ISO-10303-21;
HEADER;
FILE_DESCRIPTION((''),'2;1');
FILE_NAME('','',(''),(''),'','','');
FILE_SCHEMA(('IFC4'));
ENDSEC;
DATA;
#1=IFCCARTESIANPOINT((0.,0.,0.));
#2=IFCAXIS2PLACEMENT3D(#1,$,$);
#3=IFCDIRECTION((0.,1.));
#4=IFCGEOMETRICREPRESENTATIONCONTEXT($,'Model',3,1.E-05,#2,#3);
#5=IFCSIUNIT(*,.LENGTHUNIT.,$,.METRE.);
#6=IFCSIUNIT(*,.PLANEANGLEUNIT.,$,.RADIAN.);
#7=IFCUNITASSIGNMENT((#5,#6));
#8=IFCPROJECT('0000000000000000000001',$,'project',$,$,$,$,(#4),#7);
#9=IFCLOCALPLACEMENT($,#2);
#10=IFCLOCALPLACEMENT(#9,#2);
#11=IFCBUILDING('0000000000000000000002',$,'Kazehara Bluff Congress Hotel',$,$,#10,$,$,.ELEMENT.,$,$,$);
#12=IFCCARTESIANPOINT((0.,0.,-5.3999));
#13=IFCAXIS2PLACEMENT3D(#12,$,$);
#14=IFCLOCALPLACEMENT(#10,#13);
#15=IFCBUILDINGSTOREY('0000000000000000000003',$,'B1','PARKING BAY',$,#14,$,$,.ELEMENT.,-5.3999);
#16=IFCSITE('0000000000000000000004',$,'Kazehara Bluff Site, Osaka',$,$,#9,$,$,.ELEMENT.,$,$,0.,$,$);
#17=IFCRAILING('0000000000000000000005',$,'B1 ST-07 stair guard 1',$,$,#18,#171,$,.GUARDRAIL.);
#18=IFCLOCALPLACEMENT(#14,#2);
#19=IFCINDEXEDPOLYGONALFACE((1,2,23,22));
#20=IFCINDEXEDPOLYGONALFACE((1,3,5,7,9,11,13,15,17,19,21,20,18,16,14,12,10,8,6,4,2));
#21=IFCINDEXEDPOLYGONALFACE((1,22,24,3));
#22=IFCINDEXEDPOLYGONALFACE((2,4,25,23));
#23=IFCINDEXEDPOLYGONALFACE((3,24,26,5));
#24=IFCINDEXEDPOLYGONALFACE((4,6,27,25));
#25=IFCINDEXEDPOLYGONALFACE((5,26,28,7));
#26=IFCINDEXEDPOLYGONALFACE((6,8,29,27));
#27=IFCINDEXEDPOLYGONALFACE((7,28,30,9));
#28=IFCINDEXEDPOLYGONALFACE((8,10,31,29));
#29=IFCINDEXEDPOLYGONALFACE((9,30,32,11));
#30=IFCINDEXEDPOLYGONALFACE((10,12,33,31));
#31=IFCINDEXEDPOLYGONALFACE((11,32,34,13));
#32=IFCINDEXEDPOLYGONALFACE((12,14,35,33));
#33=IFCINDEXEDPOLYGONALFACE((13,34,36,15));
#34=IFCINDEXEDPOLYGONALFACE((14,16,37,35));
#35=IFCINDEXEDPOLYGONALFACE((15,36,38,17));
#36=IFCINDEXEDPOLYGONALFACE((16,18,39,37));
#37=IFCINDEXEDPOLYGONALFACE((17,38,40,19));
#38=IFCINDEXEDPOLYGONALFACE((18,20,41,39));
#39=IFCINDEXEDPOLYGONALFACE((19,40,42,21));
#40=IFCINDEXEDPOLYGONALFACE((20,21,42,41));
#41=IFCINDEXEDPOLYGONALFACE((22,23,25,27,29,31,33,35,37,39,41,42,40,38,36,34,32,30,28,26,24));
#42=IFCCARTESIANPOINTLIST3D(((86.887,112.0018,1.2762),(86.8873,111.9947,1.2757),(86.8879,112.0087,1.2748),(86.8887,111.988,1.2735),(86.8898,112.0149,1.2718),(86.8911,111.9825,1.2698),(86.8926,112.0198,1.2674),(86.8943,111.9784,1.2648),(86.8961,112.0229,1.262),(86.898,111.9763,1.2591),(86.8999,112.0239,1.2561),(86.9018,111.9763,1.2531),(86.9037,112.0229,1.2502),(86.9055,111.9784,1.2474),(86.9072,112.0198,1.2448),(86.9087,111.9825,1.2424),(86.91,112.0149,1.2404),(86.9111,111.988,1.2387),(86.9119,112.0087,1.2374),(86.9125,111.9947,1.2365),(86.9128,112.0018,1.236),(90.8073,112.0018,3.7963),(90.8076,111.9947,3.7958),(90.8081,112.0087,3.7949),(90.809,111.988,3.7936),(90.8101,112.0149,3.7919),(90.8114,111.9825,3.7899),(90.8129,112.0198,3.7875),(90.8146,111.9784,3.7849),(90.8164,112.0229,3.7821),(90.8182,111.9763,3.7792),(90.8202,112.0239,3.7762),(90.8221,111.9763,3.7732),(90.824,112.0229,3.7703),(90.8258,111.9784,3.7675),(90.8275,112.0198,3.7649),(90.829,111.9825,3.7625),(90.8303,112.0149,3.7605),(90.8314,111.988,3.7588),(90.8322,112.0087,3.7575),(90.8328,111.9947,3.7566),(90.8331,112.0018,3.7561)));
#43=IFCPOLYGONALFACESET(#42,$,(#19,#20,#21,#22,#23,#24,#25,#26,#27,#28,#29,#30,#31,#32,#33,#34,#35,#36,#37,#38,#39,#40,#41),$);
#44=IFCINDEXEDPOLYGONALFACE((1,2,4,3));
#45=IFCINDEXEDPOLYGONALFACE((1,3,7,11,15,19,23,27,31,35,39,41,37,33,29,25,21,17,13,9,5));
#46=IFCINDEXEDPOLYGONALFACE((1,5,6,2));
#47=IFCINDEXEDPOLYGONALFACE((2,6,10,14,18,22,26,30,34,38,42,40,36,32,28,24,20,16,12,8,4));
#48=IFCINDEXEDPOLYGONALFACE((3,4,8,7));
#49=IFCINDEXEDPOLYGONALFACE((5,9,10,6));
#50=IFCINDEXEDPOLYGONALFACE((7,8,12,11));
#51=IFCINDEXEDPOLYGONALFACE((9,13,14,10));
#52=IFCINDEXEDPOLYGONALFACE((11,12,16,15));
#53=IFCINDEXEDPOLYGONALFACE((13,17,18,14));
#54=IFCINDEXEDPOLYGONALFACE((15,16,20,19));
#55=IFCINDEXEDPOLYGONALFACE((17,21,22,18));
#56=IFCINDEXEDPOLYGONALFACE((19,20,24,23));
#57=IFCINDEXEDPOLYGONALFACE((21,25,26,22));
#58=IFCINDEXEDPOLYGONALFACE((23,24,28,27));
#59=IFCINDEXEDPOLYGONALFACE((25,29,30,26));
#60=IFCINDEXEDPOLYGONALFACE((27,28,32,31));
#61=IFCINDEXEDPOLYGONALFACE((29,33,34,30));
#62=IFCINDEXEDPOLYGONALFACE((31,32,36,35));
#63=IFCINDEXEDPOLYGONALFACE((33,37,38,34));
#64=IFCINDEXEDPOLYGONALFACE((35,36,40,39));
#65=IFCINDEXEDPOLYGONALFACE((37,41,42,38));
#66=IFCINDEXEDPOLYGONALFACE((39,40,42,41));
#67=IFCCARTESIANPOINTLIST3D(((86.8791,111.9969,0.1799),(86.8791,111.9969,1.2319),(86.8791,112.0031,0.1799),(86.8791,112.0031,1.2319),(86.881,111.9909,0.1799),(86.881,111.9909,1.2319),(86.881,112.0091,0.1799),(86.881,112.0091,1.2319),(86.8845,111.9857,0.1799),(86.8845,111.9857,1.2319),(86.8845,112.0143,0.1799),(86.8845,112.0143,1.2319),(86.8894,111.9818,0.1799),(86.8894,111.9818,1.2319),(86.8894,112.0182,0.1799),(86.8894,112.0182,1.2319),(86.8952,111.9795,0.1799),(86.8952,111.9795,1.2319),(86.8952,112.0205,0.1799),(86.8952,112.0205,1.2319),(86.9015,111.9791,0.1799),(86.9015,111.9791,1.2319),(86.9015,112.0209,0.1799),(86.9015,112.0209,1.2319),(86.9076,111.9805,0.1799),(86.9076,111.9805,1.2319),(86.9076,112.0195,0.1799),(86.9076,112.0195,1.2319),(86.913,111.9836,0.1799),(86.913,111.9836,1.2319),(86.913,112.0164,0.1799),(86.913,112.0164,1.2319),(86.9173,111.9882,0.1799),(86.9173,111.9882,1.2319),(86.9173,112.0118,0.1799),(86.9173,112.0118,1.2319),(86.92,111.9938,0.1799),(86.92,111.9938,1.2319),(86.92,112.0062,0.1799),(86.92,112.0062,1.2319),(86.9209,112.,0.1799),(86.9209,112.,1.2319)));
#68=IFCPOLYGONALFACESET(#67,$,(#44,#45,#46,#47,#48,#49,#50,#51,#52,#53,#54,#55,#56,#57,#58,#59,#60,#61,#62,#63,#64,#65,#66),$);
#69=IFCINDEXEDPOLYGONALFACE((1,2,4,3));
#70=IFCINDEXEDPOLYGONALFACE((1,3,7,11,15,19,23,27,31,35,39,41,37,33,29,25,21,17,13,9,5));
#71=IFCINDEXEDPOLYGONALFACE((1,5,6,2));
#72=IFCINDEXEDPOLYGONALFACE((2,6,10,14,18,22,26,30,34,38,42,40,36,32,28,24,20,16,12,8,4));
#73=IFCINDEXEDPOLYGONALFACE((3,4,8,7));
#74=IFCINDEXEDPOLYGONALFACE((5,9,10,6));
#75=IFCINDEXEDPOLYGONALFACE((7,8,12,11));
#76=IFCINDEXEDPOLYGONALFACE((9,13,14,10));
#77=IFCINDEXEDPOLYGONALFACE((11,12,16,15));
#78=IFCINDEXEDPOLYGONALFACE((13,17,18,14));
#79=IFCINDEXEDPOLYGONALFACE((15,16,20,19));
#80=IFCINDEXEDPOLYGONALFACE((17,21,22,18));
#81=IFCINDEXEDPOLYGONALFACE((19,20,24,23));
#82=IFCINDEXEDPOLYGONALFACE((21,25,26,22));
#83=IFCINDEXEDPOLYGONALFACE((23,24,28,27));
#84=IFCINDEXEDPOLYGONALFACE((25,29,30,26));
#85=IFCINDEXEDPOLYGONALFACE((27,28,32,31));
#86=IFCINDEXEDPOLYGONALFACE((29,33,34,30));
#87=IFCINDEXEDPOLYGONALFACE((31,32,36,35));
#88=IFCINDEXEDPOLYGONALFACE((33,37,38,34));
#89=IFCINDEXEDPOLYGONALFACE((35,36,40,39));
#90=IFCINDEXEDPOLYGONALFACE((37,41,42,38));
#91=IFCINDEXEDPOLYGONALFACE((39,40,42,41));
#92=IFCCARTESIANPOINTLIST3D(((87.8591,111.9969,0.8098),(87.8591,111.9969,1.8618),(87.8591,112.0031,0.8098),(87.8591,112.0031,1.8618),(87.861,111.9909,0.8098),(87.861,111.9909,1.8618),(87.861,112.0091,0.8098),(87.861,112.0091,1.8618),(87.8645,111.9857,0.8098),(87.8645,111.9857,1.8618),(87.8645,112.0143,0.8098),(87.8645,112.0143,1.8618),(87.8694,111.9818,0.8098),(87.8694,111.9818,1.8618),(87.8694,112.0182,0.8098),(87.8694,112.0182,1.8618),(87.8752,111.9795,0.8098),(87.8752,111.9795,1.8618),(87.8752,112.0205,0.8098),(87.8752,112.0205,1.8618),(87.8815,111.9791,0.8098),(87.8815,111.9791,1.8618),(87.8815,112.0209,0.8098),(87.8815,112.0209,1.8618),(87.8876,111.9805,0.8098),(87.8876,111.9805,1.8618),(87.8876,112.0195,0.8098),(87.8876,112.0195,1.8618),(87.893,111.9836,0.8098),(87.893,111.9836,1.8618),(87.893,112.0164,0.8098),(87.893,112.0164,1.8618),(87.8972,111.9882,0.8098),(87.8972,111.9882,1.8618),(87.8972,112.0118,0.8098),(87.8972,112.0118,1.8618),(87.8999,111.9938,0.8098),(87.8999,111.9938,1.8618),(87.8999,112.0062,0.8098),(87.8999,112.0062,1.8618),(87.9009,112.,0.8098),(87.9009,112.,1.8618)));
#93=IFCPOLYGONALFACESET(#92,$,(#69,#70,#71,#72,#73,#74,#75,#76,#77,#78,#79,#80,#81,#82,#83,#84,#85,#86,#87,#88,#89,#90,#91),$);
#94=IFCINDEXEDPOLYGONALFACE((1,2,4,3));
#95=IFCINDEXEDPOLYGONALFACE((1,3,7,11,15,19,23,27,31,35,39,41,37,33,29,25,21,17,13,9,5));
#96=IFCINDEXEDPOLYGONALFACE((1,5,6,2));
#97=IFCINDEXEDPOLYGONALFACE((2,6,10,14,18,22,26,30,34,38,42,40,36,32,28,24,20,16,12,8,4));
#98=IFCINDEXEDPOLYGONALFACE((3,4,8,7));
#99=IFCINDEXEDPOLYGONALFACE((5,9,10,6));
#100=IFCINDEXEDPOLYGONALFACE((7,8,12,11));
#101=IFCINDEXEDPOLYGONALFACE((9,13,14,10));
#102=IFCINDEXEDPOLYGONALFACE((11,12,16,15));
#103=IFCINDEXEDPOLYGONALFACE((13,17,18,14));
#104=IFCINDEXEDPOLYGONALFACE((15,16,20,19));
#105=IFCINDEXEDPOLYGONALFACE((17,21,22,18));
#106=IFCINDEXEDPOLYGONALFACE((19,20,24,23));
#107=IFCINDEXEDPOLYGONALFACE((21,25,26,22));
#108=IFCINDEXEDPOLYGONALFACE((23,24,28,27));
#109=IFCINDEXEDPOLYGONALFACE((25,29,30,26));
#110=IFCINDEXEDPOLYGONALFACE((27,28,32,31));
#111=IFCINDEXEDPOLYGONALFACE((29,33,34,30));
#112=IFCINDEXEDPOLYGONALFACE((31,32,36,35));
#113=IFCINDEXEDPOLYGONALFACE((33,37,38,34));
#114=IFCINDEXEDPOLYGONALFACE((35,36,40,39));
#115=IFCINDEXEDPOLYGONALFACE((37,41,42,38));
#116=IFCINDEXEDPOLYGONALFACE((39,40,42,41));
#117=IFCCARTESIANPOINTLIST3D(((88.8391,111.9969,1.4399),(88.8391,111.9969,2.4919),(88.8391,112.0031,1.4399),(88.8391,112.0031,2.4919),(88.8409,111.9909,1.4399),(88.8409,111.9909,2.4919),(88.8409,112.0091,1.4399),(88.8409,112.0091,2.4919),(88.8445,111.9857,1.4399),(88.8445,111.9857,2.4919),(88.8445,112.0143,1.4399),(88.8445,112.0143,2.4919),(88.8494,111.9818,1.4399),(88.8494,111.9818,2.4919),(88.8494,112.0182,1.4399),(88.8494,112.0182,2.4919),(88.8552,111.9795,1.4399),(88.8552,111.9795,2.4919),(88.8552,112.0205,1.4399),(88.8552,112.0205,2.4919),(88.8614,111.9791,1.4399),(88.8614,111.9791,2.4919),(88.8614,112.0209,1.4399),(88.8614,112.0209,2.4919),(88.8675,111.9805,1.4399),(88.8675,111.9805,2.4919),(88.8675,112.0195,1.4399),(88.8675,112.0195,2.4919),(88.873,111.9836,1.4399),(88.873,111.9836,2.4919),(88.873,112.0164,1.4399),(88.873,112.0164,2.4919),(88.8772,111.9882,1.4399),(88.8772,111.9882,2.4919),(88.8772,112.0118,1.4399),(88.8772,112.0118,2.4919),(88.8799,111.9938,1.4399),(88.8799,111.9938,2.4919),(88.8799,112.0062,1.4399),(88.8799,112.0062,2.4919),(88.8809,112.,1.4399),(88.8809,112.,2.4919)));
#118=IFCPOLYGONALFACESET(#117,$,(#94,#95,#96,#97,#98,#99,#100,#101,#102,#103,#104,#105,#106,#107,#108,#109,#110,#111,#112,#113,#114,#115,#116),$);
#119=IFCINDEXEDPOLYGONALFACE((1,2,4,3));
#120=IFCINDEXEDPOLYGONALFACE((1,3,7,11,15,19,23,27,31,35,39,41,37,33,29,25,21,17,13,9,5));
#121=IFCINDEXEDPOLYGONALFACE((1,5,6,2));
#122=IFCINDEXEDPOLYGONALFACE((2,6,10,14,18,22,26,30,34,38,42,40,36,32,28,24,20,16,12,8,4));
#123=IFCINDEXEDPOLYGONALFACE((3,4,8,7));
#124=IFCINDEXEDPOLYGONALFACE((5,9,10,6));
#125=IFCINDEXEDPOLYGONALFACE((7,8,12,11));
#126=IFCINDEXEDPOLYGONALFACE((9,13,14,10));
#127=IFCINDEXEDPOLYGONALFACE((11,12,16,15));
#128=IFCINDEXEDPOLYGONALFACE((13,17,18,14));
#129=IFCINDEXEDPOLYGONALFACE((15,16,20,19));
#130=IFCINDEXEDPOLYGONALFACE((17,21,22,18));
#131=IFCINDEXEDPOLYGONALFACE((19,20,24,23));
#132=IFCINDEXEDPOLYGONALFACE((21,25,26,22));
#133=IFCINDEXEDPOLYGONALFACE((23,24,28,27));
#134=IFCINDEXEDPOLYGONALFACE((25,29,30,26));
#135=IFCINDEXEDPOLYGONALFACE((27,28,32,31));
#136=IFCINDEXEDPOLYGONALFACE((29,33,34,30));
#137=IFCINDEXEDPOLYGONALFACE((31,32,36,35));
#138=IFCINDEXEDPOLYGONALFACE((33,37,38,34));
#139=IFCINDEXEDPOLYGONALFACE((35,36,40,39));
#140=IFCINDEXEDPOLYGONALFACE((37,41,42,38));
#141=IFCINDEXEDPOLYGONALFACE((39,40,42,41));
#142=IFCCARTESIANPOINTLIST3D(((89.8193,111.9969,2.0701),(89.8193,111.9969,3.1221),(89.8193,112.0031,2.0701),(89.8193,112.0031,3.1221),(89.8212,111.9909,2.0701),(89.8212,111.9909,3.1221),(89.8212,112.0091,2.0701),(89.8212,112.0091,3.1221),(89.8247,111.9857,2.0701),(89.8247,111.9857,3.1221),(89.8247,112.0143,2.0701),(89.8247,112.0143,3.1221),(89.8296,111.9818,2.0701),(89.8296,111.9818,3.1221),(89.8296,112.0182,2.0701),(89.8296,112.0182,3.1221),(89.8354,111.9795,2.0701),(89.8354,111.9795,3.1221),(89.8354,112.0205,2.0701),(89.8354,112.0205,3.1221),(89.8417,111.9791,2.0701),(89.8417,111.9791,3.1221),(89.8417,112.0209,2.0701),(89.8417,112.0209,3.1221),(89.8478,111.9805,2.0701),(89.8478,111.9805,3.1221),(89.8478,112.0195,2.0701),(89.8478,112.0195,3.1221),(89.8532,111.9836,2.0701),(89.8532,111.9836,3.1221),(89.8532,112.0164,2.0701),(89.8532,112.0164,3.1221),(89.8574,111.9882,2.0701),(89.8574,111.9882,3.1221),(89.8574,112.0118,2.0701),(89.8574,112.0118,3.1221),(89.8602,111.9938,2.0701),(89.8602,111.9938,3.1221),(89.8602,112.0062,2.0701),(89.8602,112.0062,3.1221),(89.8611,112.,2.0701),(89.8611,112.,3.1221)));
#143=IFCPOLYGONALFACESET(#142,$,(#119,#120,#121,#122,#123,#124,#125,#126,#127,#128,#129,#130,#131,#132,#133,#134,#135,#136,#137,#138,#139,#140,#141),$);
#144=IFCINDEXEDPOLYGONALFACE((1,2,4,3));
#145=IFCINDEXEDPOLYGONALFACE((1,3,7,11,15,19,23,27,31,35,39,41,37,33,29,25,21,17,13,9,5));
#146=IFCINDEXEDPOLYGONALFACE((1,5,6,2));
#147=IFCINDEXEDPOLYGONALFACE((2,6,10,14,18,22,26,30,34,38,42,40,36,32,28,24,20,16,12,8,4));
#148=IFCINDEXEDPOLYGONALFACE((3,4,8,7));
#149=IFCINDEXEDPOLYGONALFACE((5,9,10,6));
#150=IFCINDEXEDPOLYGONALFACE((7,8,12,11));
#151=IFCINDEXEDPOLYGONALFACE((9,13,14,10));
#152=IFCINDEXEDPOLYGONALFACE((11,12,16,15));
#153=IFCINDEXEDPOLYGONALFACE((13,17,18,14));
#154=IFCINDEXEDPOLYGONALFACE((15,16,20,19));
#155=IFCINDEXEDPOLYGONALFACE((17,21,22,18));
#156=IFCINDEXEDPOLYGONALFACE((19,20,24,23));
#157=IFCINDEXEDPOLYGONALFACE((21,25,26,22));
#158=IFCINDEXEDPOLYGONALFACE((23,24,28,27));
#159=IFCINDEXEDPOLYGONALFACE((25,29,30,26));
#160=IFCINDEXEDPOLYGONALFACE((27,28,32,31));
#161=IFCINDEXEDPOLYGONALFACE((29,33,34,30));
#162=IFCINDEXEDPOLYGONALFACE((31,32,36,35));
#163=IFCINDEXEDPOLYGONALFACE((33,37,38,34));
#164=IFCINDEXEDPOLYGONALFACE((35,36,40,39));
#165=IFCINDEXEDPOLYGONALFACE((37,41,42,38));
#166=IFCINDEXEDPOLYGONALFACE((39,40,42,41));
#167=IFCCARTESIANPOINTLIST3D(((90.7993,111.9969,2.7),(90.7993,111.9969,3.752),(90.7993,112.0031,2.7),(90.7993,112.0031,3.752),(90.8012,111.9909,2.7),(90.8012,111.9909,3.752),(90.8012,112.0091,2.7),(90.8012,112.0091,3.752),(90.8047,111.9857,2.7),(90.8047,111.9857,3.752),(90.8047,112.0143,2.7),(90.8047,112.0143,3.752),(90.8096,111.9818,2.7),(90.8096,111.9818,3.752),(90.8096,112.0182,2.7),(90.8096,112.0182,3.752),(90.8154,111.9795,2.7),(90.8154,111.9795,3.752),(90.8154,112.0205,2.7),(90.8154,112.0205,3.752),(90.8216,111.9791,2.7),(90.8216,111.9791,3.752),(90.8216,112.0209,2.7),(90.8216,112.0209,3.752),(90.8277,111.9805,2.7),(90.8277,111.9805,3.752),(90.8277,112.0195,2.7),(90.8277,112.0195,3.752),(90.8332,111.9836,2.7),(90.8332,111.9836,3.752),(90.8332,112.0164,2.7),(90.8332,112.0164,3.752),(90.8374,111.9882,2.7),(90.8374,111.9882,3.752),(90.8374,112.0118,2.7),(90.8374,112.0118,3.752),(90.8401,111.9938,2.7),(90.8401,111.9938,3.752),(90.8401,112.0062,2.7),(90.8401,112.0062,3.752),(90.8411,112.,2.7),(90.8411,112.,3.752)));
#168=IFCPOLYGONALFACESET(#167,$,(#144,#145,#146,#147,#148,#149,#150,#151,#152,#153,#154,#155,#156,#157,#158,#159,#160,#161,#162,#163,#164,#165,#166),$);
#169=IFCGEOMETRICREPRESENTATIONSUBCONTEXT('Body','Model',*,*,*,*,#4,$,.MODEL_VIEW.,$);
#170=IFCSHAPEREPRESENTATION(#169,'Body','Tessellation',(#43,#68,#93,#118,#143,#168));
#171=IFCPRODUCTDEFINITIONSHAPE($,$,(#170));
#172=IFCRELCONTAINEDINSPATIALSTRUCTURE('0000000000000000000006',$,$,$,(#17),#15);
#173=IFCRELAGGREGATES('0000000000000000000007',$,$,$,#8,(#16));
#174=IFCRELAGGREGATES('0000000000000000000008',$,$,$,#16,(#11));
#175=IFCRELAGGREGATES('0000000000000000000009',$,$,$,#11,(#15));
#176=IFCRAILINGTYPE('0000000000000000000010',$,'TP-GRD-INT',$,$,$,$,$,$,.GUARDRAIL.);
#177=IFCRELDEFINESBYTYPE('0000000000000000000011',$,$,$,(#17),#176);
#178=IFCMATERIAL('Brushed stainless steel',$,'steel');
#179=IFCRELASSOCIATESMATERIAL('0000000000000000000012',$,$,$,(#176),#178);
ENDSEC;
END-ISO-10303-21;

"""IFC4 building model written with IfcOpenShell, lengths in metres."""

from ifc_helpers import new_model, si_unit, direction, frame, origin, origin_2d, place, context, subcontext, project, spatial, circle, extrude, material, type_object, element, save


model = new_model("IFC4")

# Units and contexts
model_context = context("Model", 3, precision=1e-05, world=origin(), true_north=direction((0.0, 1.0)))
body_context = subcontext(model_context, "Body", "Model", "MODEL_VIEW")
ifc_project = project(units=[si_unit("LENGTHUNIT", "METRE"), si_unit("PLANEANGLEUNIT", "RADIAN")], contexts=[model_context])

# Site, building, storey
site_placement = place(None, origin())
site = spatial("IfcSite", under=ifc_project, at=site_placement, Name="Kazehara Bluff Site, Osaka", CompositionType="ELEMENT", RefElevation=0.0)
building_placement = place(site_placement, origin())
building = spatial("IfcBuilding", under=site, at=building_placement, Name="Kazehara Bluff Congress Hotel", CompositionType="ELEMENT")
storey_placement = place(building_placement, frame((0.0, 0.0, -5.3999)))
storey = spatial("IfcBuildingStorey", under=building, at=storey_placement, Name="B1", Description="PARKING BAY", CompositionType="ELEMENT", Elevation=-5.3999)

# Railing
ifc_material_1 = material(Name="Brushed stainless steel", Category="steel")
railing_type_1 = type_object("IfcRailingType", Name="TP-GRD-INT", PredefinedType="GUARDRAIL", material=ifc_material_1)
railing_1_placement = place(storey_placement, frame((86.8999, 112.0, 0.1799)))
element("IfcRailing", 1, at=railing_1_placement, inside=storey, type_object=railing_type_1, Name="B1 ST-07 stair guard 1", PredefinedType="GUARDRAIL", context=body_context, shape_type="SweptSolid", body=[
    extrude(circle(Radius=0.0239, at=origin_2d()), frame((0.0, 0.0, 1.0762), z_axis=(0.841187, 0.0, 0.540744), x_axis=(0.0, 1.0, 0.0)), (0.0, 0.0, 1.0), 4.6604),
    extrude(circle(Radius=0.021, at=origin_2d()), origin(), (0.0, 0.0, 1.0), 1.052),
    extrude(circle(Radius=0.021, at=origin_2d()), frame((0.98, 0.0, 0.6299)), (0.0, 0.0, 1.0), 1.052),
    extrude(circle(Radius=0.021, at=origin_2d()), frame((1.96, 0.0, 1.26)), (0.0, 0.0, 1.0), 1.052),
    extrude(circle(Radius=0.021, at=origin_2d()), frame((2.9402, 0.0, 1.8901)), (0.0, 0.0, 1.0), 1.052),
    extrude(circle(Radius=0.021, at=origin_2d()), frame((3.9202, 0.0, 2.52)), (0.0, 0.0, 1.0), 1.052),
])

save(model, "model.ifc")
